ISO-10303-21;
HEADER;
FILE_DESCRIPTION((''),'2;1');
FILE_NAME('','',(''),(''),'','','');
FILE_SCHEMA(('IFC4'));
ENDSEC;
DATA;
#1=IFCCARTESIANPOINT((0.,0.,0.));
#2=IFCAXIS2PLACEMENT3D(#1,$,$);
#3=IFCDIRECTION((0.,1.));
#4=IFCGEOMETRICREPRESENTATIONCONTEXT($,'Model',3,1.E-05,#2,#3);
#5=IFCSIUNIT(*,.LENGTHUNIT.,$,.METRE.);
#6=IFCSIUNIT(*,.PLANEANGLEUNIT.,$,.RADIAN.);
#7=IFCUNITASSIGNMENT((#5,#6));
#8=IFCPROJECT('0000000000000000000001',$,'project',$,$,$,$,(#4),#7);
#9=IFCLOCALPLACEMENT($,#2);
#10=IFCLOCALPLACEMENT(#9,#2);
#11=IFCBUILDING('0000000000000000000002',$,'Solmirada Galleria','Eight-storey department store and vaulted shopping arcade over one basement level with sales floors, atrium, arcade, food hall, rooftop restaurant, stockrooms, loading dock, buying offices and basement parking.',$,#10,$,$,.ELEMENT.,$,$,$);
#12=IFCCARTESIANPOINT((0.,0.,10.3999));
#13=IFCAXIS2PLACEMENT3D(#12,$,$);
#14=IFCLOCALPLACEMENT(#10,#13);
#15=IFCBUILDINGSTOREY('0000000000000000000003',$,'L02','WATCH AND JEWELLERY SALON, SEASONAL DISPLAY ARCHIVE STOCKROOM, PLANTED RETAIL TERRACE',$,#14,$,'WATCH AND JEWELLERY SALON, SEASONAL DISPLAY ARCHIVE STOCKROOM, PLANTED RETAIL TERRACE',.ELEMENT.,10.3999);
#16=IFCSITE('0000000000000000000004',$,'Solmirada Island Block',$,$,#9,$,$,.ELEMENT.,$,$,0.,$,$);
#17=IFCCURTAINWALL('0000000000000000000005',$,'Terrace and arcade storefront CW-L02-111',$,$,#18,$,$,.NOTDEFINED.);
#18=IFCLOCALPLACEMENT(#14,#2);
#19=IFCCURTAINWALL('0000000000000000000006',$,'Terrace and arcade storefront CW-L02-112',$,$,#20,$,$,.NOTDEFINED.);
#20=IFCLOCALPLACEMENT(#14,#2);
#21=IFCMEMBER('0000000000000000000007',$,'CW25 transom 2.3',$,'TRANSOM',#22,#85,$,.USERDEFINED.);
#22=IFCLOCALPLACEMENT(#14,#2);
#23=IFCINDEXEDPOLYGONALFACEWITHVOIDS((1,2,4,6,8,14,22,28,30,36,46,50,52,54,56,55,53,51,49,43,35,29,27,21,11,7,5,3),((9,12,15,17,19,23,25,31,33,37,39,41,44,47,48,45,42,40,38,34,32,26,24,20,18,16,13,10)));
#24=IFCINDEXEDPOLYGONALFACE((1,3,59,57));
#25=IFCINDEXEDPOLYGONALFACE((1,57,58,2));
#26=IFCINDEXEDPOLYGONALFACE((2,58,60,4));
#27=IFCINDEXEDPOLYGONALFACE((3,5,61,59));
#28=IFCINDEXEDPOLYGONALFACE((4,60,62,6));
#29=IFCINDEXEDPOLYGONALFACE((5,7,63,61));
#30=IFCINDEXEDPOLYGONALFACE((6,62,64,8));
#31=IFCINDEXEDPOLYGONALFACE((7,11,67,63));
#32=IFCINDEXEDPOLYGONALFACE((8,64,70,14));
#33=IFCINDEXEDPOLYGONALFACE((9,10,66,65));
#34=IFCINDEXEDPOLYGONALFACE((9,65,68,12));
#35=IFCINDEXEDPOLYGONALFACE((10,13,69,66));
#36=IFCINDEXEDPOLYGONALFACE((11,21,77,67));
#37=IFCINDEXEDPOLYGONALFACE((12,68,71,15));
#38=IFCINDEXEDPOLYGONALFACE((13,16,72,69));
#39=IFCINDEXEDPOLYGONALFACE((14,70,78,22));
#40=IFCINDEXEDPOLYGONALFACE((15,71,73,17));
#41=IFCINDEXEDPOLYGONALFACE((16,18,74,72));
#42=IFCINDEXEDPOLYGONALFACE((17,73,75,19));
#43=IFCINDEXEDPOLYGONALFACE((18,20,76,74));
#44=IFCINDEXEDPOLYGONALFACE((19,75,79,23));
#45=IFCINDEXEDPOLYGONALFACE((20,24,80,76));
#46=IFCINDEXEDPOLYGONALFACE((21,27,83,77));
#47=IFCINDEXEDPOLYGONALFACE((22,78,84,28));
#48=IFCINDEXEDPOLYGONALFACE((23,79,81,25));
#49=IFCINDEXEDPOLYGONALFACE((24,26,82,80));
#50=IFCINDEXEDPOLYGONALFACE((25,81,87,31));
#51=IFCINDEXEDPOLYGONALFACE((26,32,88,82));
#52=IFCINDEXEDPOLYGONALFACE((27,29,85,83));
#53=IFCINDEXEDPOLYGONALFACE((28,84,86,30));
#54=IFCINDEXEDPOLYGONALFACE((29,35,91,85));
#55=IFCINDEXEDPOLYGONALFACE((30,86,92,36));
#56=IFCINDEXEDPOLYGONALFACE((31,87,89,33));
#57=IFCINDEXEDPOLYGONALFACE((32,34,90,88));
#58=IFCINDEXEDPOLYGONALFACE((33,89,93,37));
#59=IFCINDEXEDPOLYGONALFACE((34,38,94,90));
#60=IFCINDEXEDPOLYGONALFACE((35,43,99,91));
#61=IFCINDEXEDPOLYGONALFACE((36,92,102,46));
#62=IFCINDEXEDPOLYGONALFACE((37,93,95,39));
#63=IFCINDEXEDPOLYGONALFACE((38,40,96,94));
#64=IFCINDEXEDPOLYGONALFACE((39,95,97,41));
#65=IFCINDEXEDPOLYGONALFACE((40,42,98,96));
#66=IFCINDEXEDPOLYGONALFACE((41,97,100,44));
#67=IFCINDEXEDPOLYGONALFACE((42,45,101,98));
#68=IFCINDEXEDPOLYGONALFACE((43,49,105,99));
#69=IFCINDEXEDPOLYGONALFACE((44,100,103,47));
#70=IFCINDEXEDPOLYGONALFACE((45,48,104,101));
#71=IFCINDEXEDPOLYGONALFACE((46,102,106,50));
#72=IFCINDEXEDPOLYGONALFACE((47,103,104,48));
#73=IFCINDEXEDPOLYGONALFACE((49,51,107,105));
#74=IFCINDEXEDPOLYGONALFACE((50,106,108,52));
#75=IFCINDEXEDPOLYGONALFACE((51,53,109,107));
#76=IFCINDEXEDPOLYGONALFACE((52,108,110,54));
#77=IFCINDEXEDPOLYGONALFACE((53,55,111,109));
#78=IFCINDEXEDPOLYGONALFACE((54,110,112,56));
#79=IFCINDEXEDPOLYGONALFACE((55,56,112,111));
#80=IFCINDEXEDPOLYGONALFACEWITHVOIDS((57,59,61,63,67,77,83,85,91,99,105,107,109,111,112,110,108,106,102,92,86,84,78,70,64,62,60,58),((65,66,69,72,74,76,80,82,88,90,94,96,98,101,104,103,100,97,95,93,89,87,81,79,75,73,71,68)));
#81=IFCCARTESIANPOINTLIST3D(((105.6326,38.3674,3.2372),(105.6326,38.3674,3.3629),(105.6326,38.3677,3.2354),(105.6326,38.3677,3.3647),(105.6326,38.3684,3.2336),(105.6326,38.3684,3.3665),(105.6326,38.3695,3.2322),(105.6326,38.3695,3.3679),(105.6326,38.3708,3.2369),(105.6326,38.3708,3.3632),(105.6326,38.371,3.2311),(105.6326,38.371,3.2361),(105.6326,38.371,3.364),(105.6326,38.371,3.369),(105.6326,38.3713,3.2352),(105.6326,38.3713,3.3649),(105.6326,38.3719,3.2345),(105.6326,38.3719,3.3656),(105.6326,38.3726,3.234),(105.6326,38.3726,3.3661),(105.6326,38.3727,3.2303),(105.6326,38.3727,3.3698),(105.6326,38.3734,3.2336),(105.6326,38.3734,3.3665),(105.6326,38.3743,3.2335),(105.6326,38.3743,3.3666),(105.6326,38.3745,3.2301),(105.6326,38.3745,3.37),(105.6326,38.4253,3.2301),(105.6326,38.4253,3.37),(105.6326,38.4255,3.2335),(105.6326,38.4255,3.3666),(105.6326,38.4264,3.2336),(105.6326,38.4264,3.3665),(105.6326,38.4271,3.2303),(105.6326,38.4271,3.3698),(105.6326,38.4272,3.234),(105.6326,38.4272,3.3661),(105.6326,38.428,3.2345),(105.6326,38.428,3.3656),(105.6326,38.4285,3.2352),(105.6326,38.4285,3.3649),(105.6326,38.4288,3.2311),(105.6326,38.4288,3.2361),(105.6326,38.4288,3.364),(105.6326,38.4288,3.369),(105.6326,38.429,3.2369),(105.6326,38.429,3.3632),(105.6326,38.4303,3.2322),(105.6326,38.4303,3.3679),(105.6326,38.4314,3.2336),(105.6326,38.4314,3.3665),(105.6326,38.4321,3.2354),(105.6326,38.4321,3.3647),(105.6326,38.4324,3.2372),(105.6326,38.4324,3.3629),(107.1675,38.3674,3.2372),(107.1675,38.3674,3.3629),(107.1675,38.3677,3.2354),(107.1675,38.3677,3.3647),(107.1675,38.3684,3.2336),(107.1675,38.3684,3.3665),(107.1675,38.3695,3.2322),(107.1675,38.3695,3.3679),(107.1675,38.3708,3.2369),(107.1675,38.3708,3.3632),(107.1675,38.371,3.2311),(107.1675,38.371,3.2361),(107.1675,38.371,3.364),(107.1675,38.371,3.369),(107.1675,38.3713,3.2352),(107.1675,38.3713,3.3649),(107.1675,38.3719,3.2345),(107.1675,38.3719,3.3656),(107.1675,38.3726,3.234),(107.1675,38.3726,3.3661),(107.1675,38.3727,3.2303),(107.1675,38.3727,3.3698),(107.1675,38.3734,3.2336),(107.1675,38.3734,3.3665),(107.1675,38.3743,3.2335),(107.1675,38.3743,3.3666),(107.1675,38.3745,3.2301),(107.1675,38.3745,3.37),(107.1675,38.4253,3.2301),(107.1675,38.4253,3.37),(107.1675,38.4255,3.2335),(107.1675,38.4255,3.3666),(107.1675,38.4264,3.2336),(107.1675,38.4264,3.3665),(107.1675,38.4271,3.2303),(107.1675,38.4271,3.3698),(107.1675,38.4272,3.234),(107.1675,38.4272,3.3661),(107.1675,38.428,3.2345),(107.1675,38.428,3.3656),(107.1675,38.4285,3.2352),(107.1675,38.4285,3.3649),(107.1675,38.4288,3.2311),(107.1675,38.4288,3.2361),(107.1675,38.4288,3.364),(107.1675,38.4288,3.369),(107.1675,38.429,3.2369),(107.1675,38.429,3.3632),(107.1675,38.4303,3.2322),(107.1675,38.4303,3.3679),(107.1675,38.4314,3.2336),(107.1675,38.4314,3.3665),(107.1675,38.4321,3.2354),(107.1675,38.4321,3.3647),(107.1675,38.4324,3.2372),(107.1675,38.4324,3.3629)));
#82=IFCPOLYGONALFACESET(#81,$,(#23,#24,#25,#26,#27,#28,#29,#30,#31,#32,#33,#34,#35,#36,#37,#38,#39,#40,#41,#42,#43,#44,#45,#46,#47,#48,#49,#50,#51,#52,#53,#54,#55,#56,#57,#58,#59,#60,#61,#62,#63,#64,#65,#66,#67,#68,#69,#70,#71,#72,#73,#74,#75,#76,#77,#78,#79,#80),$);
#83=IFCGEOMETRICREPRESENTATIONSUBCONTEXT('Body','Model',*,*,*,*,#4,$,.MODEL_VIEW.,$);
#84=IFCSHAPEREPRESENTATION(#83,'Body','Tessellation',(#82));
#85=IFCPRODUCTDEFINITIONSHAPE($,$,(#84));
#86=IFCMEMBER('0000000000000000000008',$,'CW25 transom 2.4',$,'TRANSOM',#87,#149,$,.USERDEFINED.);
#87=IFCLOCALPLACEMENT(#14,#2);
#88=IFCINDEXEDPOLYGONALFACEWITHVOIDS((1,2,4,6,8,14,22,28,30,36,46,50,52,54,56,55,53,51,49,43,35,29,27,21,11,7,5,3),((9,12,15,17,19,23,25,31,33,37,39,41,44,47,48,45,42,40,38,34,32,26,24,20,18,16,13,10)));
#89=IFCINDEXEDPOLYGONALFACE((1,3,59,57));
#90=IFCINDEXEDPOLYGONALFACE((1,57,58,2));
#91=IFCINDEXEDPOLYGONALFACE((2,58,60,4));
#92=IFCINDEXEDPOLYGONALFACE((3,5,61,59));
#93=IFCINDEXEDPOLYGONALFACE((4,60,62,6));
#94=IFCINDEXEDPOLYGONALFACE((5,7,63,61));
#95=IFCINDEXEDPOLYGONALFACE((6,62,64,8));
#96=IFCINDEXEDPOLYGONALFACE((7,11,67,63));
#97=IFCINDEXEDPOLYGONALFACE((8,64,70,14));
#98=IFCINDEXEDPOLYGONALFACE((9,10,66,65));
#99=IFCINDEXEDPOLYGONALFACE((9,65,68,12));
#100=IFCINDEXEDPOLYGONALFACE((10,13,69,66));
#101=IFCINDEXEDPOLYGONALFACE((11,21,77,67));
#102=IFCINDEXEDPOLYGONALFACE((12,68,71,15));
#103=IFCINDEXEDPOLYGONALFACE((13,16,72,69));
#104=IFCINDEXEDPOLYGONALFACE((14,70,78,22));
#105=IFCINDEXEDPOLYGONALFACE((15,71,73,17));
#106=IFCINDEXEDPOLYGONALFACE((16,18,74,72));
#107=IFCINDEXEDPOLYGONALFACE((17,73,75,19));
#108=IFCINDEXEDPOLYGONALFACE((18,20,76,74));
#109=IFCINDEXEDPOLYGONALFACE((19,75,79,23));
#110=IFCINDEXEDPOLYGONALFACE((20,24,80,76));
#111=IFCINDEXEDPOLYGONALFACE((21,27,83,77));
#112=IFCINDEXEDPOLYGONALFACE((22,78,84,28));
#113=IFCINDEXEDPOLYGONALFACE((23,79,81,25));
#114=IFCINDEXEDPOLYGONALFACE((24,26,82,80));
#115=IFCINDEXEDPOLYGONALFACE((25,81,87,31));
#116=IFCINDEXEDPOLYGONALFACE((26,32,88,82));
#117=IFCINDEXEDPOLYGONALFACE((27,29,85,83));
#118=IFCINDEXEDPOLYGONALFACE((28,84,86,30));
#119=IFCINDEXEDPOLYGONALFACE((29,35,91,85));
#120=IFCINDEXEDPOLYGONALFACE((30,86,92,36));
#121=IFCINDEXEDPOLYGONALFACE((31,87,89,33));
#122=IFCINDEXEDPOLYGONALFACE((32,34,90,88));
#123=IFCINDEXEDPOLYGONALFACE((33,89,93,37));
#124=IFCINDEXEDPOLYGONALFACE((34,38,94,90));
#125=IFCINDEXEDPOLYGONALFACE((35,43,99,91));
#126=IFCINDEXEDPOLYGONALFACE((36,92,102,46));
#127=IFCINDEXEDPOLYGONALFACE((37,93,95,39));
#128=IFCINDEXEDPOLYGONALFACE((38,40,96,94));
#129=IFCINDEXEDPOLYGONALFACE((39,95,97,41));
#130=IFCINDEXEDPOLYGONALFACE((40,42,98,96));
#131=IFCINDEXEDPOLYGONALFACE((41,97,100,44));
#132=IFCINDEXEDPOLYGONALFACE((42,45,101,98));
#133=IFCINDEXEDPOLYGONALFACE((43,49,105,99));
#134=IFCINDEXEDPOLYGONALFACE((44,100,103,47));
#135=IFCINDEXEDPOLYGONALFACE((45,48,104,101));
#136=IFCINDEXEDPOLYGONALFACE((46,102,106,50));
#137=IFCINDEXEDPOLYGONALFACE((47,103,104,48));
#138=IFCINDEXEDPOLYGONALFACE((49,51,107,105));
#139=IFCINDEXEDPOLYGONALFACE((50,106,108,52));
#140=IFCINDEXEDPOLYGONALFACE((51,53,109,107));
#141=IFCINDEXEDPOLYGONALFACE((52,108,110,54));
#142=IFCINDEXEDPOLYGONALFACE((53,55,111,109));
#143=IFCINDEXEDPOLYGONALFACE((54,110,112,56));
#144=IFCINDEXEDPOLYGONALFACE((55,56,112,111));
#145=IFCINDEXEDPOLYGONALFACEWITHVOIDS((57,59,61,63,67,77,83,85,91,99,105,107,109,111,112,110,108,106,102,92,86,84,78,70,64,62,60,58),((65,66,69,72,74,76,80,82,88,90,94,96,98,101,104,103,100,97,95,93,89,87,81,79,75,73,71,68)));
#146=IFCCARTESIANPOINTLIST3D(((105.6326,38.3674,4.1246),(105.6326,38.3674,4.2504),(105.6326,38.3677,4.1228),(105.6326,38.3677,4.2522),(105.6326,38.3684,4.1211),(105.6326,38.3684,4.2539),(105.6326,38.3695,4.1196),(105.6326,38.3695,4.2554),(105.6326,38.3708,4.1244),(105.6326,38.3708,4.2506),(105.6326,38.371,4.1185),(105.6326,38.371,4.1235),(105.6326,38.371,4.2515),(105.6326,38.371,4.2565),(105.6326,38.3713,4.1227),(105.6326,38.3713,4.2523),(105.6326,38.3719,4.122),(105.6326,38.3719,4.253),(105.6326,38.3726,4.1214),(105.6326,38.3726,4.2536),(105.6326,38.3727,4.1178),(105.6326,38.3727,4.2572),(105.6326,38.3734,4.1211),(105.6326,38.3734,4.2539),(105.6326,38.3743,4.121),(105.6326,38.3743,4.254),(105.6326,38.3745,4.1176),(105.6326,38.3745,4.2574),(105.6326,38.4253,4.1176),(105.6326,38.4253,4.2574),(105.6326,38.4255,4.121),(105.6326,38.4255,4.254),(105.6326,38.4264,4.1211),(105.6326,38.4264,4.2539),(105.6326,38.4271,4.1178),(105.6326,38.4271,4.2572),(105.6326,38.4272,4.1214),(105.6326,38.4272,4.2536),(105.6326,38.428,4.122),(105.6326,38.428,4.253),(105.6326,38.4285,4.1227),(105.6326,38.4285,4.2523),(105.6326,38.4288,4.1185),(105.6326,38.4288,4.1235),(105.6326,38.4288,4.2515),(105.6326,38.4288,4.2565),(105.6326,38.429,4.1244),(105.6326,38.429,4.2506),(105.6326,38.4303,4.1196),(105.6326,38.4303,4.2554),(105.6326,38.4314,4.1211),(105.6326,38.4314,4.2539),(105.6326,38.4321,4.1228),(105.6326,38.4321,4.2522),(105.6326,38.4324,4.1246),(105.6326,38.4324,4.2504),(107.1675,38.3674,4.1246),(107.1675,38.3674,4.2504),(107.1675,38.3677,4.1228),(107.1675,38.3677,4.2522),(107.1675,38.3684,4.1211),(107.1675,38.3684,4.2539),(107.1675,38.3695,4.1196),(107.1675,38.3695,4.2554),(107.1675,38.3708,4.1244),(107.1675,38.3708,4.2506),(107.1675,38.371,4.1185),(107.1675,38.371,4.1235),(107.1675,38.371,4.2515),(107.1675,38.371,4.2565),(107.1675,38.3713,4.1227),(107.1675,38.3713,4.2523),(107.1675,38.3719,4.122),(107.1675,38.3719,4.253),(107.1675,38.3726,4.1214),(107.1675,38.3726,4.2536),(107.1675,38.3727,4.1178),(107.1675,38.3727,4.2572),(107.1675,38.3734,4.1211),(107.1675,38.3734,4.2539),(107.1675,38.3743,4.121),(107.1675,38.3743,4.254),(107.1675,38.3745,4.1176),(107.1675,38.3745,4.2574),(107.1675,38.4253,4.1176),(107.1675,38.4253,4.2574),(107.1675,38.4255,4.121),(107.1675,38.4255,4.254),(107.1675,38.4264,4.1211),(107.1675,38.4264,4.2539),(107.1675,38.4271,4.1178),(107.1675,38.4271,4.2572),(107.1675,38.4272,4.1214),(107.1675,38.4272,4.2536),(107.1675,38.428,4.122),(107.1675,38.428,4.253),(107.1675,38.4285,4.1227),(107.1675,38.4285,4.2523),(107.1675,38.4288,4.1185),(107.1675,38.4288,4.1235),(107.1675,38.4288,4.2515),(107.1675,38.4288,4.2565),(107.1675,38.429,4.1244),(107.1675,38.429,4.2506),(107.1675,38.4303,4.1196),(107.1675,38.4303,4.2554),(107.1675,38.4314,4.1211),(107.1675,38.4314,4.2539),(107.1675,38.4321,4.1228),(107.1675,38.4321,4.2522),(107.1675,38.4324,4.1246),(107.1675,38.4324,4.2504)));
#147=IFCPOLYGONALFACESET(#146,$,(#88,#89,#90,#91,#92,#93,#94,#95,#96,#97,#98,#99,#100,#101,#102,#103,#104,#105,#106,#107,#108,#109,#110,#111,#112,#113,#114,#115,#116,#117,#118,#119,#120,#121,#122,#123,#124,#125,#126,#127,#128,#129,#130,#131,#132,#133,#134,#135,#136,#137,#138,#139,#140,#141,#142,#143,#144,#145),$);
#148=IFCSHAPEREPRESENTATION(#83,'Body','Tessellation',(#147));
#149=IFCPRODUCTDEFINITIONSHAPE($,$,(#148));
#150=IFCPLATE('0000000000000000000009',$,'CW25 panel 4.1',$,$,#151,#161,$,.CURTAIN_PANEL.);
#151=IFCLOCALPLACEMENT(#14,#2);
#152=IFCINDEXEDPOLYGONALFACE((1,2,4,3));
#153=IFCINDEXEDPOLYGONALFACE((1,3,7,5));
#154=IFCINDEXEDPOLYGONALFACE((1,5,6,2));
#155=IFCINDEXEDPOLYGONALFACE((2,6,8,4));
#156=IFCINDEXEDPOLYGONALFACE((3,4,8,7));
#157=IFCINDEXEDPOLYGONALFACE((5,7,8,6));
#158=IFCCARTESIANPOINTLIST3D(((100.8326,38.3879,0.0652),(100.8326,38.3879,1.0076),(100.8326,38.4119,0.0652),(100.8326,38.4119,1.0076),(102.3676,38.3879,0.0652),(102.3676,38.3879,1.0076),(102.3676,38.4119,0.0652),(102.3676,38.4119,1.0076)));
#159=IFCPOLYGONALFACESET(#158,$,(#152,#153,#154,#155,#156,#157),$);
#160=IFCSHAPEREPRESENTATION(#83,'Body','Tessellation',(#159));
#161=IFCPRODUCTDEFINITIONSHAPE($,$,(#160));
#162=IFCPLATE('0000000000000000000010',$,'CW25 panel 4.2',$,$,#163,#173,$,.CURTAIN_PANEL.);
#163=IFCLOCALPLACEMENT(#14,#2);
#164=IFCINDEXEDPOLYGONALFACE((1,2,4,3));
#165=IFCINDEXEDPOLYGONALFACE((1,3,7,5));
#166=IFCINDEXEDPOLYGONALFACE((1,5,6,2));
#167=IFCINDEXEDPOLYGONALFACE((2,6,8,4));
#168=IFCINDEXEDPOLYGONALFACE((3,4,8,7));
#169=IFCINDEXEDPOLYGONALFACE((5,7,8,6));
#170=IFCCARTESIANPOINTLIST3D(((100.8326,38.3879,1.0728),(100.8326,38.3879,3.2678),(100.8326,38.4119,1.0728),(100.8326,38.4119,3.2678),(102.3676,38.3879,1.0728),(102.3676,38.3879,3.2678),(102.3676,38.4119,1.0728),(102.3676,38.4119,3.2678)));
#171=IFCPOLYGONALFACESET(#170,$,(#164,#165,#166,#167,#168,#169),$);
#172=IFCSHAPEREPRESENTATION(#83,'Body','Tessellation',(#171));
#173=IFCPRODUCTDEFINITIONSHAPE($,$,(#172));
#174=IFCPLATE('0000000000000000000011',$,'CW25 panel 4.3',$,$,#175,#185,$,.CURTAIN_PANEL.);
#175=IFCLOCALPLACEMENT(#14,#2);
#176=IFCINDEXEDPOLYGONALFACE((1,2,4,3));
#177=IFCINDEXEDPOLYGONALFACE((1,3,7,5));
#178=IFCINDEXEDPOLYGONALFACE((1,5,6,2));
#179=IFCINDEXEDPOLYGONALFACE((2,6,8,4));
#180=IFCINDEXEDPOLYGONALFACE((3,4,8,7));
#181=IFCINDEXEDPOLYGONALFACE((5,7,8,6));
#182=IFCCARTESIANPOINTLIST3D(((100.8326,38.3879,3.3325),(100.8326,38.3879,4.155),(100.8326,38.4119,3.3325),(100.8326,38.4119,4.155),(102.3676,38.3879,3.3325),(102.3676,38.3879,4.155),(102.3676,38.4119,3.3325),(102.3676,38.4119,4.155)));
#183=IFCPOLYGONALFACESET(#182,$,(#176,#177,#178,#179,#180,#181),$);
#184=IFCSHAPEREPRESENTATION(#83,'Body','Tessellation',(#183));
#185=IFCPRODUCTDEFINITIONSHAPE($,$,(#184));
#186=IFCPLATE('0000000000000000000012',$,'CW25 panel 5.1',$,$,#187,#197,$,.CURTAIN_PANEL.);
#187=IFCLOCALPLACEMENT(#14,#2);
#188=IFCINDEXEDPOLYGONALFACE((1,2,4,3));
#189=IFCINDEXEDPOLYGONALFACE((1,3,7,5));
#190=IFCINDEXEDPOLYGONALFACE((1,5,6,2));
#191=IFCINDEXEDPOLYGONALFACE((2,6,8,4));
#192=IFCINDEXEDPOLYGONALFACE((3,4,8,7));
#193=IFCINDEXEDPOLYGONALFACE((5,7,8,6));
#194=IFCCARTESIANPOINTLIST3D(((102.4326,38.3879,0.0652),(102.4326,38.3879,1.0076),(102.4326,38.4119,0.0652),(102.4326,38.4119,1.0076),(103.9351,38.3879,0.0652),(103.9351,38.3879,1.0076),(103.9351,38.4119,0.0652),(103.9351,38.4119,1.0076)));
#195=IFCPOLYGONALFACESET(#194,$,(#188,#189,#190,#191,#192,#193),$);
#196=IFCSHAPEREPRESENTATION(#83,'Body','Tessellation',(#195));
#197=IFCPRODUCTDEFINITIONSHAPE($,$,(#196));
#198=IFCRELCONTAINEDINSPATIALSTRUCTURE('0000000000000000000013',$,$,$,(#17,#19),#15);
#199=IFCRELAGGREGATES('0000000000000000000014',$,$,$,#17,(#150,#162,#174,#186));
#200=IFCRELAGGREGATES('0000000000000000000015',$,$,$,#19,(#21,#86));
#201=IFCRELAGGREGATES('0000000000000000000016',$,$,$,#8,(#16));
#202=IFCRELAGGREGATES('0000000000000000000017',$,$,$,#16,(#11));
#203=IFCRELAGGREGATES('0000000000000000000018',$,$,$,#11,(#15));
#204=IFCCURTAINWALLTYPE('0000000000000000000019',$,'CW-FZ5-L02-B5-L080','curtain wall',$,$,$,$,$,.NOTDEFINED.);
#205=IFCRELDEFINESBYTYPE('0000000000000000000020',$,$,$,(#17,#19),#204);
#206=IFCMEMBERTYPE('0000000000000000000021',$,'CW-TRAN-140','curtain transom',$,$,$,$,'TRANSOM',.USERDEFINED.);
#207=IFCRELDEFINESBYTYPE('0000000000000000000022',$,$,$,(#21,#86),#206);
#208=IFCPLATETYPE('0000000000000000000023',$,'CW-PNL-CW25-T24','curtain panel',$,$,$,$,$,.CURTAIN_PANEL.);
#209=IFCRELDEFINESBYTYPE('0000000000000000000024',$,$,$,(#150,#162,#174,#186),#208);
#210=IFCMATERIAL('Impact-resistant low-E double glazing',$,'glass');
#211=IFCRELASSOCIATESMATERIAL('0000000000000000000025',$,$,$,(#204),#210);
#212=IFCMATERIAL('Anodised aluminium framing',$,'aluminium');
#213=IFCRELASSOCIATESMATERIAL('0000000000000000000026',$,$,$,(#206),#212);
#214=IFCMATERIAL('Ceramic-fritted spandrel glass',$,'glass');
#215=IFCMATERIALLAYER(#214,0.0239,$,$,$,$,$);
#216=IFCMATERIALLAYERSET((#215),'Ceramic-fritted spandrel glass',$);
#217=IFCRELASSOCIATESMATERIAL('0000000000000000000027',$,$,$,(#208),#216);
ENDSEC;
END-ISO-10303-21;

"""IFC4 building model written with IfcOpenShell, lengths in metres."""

from ifc_helpers import new_model, si_unit, direction, frame, origin, origin_2d, place, context, subcontext, project, spatial, rectangle, hollow_rectangle, extrude, material, layer, layer_set, material_profile, profile_set, type_object, element, aggregate, save


model = new_model("IFC4")

# Units and contexts
model_context = context("Model", 3, precision=1e-05, world=origin(), true_north=direction((0.0, 1.0)))
body_context = subcontext(model_context, "Body", "Model", "MODEL_VIEW")
ifc_project = project(units=[si_unit("LENGTHUNIT", "METRE"), si_unit("PLANEANGLEUNIT", "RADIAN")], contexts=[model_context])

# Site, building, storey
site_placement = place(None, origin())
site = spatial("IfcSite", under=ifc_project, at=site_placement, Name="Solmirada Island Block", CompositionType="ELEMENT", RefElevation=0.0)
building_placement = place(site_placement, origin())
building = spatial("IfcBuilding", under=site, at=building_placement, Name="Solmirada Galleria", Description="Eight-storey department store and vaulted shopping arcade over one basement level with sales floors, atrium, arcade, food hall, rooftop restaurant, stockrooms, loading dock, buying offices and basement parking.", CompositionType="ELEMENT")
storey_placement = place(building_placement, frame((0.0, 0.0, 10.3999)))
storey = spatial("IfcBuildingStorey", under=building, at=storey_placement, Name="L02", Description="WATCH AND JEWELLERY SALON, SEASONAL DISPLAY ARCHIVE STOCKROOM, PLANTED RETAIL TERRACE", LongName="WATCH AND JEWELLERY SALON, SEASONAL DISPLAY ARCHIVE STOCKROOM, PLANTED RETAIL TERRACE", CompositionType="ELEMENT", Elevation=10.3999)

# Curtain walls
ifc_material_1 = material(Name="Impact-resistant low-E double glazing", Category="glass")
curtain_wall_type = type_object("IfcCurtainWallType", Name="CW-FZ5-L02-B5-L080", Description="curtain wall", PredefinedType="NOTDEFINED", material=ifc_material_1)
curtain_wall_1_placement = place(storey_placement, origin())
curtain_wall_1 = element("IfcCurtainWall", 1, at=curtain_wall_1_placement, inside=storey, type_object=curtain_wall_type, Name="Terrace and arcade storefront CW-L02-111", PredefinedType="NOTDEFINED")
ifc_material_2 = material(Name="Anodised aluminium framing", Category="aluminium")
curtain_wall_2_placement = place(storey_placement, origin())
curtain_wall_2 = element("IfcCurtainWall", 2, at=curtain_wall_2_placement, inside=storey, type_object=curtain_wall_type, Name="Terrace and arcade storefront CW-L02-112", PredefinedType="NOTDEFINED")

# Members
ifc_material_profile_1 = material_profile(ifc_material_2, hollow_rectangle(XDim=0.0649, YDim=0.1399, WallThickness=0.0034, InnerFilletRadius=0.0034, OuterFilletRadius=0.0071, at=origin_2d()), Name="ALU-TRAN-140X65")
ifc_profile_set_1 = profile_set([ifc_material_profile_1], Name="Anodised aluminium framing")
member_type_1 = type_object("IfcMemberType", Name="CW-TRAN-140", Description="curtain transom", ElementType="TRANSOM", PredefinedType="USERDEFINED", material=ifc_profile_set_1)
member_1_placement = place(storey_placement, frame((105.6326, 38.3999, 3.3), z_axis=(1.0, 0.0, 0.0), x_axis=(0.0, 1.0, 0.0)))
member_1 = element("IfcMember", 3, at=member_1_placement, type_object=member_type_1, Name="CW25 transom 2.3", ObjectType="TRANSOM", PredefinedType="USERDEFINED", context=body_context, shape_type="SweptSolid", body=[
    extrude(hollow_rectangle(XDim=0.0649, YDim=0.1399, WallThickness=0.0034, InnerFilletRadius=0.0034, OuterFilletRadius=0.0071, at=origin_2d()), origin(), (0.0, 0.0, 1.0), 1.5349),
])
member_2_placement = place(storey_placement, frame((105.6326, 38.3999, 4.1875), z_axis=(1.0, 0.0, 0.0), x_axis=(0.0, 1.0, 0.0)))
member_2 = element("IfcMember", 4, at=member_2_placement, type_object=member_type_1, Name="CW25 transom 2.4", ObjectType="TRANSOM", PredefinedType="USERDEFINED", context=body_context, shape_type="SweptSolid", body=[
    extrude(hollow_rectangle(XDim=0.0649, YDim=0.1399, WallThickness=0.0034, InnerFilletRadius=0.0034, OuterFilletRadius=0.0071, at=origin_2d()), origin(), (0.0, 0.0, 1.0), 1.5349),
])

# Plates
ifc_material_3 = material(Name="Ceramic-fritted spandrel glass", Category="glass")
ifc_layer = layer(ifc_material_3, 0.0239)
ifc_layer_set = layer_set([ifc_layer], Name="Ceramic-fritted spandrel glass")
plate_type = type_object("IfcPlateType", Name="CW-PNL-CW25-T24", Description="curtain panel", PredefinedType="CURTAIN_PANEL", material=ifc_layer_set)
plate_1_placement = place(storey_placement, frame((101.6001, 38.3999, 0.0652), z_axis=(0.0, 0.0, 1.0), x_axis=(1.0, 0.0, 0.0)))
plate_1 = element("IfcPlate", 5, at=plate_1_placement, type_object=plate_type, Name="CW25 panel 4.1", PredefinedType="CURTAIN_PANEL", context=body_context, shape_type="SweptSolid", body=[
    extrude(rectangle(XDim=1.5349, YDim=0.0239, at=origin_2d()), origin(), (0.0, 0.0, 1.0), 0.9424),
])
plate_2_placement = place(storey_placement, frame((101.6001, 38.3999, 1.0728), z_axis=(0.0, 0.0, 1.0), x_axis=(1.0, 0.0, 0.0)))
plate_2 = element("IfcPlate", 6, at=plate_2_placement, type_object=plate_type, Name="CW25 panel 4.2", PredefinedType="CURTAIN_PANEL", context=body_context, shape_type="SweptSolid", body=[
    extrude(rectangle(XDim=1.5349, YDim=0.0239, at=origin_2d()), origin(), (0.0, 0.0, 1.0), 2.1951),
])
plate_3_placement = place(storey_placement, frame((101.6001, 38.3999, 3.3325), z_axis=(0.0, 0.0, 1.0), x_axis=(1.0, 0.0, 0.0)))
plate_3 = element("IfcPlate", 7, at=plate_3_placement, type_object=plate_type, Name="CW25 panel 4.3", PredefinedType="CURTAIN_PANEL", context=body_context, shape_type="SweptSolid", body=[
    extrude(rectangle(XDim=1.5349, YDim=0.0239, at=origin_2d()), origin(), (0.0, 0.0, 1.0), 0.8225),
])
plate_4_placement = place(storey_placement, frame((103.1838, 38.3999, 0.0652), z_axis=(0.0, 0.0, 1.0), x_axis=(1.0, 0.0, 0.0)))
plate_4 = element("IfcPlate", 8, at=plate_4_placement, type_object=plate_type, Name="CW25 panel 5.1", PredefinedType="CURTAIN_PANEL", context=body_context, shape_type="SweptSolid", body=[
    extrude(rectangle(XDim=1.5024, YDim=0.0239, at=origin_2d()), origin(), (0.0, 0.0, 1.0), 0.9424),
])
aggregate(curtain_wall_1, [plate_1, plate_2, plate_3, plate_4])
aggregate(curtain_wall_2, [member_1, member_2])

save(model, "model.ifc")
